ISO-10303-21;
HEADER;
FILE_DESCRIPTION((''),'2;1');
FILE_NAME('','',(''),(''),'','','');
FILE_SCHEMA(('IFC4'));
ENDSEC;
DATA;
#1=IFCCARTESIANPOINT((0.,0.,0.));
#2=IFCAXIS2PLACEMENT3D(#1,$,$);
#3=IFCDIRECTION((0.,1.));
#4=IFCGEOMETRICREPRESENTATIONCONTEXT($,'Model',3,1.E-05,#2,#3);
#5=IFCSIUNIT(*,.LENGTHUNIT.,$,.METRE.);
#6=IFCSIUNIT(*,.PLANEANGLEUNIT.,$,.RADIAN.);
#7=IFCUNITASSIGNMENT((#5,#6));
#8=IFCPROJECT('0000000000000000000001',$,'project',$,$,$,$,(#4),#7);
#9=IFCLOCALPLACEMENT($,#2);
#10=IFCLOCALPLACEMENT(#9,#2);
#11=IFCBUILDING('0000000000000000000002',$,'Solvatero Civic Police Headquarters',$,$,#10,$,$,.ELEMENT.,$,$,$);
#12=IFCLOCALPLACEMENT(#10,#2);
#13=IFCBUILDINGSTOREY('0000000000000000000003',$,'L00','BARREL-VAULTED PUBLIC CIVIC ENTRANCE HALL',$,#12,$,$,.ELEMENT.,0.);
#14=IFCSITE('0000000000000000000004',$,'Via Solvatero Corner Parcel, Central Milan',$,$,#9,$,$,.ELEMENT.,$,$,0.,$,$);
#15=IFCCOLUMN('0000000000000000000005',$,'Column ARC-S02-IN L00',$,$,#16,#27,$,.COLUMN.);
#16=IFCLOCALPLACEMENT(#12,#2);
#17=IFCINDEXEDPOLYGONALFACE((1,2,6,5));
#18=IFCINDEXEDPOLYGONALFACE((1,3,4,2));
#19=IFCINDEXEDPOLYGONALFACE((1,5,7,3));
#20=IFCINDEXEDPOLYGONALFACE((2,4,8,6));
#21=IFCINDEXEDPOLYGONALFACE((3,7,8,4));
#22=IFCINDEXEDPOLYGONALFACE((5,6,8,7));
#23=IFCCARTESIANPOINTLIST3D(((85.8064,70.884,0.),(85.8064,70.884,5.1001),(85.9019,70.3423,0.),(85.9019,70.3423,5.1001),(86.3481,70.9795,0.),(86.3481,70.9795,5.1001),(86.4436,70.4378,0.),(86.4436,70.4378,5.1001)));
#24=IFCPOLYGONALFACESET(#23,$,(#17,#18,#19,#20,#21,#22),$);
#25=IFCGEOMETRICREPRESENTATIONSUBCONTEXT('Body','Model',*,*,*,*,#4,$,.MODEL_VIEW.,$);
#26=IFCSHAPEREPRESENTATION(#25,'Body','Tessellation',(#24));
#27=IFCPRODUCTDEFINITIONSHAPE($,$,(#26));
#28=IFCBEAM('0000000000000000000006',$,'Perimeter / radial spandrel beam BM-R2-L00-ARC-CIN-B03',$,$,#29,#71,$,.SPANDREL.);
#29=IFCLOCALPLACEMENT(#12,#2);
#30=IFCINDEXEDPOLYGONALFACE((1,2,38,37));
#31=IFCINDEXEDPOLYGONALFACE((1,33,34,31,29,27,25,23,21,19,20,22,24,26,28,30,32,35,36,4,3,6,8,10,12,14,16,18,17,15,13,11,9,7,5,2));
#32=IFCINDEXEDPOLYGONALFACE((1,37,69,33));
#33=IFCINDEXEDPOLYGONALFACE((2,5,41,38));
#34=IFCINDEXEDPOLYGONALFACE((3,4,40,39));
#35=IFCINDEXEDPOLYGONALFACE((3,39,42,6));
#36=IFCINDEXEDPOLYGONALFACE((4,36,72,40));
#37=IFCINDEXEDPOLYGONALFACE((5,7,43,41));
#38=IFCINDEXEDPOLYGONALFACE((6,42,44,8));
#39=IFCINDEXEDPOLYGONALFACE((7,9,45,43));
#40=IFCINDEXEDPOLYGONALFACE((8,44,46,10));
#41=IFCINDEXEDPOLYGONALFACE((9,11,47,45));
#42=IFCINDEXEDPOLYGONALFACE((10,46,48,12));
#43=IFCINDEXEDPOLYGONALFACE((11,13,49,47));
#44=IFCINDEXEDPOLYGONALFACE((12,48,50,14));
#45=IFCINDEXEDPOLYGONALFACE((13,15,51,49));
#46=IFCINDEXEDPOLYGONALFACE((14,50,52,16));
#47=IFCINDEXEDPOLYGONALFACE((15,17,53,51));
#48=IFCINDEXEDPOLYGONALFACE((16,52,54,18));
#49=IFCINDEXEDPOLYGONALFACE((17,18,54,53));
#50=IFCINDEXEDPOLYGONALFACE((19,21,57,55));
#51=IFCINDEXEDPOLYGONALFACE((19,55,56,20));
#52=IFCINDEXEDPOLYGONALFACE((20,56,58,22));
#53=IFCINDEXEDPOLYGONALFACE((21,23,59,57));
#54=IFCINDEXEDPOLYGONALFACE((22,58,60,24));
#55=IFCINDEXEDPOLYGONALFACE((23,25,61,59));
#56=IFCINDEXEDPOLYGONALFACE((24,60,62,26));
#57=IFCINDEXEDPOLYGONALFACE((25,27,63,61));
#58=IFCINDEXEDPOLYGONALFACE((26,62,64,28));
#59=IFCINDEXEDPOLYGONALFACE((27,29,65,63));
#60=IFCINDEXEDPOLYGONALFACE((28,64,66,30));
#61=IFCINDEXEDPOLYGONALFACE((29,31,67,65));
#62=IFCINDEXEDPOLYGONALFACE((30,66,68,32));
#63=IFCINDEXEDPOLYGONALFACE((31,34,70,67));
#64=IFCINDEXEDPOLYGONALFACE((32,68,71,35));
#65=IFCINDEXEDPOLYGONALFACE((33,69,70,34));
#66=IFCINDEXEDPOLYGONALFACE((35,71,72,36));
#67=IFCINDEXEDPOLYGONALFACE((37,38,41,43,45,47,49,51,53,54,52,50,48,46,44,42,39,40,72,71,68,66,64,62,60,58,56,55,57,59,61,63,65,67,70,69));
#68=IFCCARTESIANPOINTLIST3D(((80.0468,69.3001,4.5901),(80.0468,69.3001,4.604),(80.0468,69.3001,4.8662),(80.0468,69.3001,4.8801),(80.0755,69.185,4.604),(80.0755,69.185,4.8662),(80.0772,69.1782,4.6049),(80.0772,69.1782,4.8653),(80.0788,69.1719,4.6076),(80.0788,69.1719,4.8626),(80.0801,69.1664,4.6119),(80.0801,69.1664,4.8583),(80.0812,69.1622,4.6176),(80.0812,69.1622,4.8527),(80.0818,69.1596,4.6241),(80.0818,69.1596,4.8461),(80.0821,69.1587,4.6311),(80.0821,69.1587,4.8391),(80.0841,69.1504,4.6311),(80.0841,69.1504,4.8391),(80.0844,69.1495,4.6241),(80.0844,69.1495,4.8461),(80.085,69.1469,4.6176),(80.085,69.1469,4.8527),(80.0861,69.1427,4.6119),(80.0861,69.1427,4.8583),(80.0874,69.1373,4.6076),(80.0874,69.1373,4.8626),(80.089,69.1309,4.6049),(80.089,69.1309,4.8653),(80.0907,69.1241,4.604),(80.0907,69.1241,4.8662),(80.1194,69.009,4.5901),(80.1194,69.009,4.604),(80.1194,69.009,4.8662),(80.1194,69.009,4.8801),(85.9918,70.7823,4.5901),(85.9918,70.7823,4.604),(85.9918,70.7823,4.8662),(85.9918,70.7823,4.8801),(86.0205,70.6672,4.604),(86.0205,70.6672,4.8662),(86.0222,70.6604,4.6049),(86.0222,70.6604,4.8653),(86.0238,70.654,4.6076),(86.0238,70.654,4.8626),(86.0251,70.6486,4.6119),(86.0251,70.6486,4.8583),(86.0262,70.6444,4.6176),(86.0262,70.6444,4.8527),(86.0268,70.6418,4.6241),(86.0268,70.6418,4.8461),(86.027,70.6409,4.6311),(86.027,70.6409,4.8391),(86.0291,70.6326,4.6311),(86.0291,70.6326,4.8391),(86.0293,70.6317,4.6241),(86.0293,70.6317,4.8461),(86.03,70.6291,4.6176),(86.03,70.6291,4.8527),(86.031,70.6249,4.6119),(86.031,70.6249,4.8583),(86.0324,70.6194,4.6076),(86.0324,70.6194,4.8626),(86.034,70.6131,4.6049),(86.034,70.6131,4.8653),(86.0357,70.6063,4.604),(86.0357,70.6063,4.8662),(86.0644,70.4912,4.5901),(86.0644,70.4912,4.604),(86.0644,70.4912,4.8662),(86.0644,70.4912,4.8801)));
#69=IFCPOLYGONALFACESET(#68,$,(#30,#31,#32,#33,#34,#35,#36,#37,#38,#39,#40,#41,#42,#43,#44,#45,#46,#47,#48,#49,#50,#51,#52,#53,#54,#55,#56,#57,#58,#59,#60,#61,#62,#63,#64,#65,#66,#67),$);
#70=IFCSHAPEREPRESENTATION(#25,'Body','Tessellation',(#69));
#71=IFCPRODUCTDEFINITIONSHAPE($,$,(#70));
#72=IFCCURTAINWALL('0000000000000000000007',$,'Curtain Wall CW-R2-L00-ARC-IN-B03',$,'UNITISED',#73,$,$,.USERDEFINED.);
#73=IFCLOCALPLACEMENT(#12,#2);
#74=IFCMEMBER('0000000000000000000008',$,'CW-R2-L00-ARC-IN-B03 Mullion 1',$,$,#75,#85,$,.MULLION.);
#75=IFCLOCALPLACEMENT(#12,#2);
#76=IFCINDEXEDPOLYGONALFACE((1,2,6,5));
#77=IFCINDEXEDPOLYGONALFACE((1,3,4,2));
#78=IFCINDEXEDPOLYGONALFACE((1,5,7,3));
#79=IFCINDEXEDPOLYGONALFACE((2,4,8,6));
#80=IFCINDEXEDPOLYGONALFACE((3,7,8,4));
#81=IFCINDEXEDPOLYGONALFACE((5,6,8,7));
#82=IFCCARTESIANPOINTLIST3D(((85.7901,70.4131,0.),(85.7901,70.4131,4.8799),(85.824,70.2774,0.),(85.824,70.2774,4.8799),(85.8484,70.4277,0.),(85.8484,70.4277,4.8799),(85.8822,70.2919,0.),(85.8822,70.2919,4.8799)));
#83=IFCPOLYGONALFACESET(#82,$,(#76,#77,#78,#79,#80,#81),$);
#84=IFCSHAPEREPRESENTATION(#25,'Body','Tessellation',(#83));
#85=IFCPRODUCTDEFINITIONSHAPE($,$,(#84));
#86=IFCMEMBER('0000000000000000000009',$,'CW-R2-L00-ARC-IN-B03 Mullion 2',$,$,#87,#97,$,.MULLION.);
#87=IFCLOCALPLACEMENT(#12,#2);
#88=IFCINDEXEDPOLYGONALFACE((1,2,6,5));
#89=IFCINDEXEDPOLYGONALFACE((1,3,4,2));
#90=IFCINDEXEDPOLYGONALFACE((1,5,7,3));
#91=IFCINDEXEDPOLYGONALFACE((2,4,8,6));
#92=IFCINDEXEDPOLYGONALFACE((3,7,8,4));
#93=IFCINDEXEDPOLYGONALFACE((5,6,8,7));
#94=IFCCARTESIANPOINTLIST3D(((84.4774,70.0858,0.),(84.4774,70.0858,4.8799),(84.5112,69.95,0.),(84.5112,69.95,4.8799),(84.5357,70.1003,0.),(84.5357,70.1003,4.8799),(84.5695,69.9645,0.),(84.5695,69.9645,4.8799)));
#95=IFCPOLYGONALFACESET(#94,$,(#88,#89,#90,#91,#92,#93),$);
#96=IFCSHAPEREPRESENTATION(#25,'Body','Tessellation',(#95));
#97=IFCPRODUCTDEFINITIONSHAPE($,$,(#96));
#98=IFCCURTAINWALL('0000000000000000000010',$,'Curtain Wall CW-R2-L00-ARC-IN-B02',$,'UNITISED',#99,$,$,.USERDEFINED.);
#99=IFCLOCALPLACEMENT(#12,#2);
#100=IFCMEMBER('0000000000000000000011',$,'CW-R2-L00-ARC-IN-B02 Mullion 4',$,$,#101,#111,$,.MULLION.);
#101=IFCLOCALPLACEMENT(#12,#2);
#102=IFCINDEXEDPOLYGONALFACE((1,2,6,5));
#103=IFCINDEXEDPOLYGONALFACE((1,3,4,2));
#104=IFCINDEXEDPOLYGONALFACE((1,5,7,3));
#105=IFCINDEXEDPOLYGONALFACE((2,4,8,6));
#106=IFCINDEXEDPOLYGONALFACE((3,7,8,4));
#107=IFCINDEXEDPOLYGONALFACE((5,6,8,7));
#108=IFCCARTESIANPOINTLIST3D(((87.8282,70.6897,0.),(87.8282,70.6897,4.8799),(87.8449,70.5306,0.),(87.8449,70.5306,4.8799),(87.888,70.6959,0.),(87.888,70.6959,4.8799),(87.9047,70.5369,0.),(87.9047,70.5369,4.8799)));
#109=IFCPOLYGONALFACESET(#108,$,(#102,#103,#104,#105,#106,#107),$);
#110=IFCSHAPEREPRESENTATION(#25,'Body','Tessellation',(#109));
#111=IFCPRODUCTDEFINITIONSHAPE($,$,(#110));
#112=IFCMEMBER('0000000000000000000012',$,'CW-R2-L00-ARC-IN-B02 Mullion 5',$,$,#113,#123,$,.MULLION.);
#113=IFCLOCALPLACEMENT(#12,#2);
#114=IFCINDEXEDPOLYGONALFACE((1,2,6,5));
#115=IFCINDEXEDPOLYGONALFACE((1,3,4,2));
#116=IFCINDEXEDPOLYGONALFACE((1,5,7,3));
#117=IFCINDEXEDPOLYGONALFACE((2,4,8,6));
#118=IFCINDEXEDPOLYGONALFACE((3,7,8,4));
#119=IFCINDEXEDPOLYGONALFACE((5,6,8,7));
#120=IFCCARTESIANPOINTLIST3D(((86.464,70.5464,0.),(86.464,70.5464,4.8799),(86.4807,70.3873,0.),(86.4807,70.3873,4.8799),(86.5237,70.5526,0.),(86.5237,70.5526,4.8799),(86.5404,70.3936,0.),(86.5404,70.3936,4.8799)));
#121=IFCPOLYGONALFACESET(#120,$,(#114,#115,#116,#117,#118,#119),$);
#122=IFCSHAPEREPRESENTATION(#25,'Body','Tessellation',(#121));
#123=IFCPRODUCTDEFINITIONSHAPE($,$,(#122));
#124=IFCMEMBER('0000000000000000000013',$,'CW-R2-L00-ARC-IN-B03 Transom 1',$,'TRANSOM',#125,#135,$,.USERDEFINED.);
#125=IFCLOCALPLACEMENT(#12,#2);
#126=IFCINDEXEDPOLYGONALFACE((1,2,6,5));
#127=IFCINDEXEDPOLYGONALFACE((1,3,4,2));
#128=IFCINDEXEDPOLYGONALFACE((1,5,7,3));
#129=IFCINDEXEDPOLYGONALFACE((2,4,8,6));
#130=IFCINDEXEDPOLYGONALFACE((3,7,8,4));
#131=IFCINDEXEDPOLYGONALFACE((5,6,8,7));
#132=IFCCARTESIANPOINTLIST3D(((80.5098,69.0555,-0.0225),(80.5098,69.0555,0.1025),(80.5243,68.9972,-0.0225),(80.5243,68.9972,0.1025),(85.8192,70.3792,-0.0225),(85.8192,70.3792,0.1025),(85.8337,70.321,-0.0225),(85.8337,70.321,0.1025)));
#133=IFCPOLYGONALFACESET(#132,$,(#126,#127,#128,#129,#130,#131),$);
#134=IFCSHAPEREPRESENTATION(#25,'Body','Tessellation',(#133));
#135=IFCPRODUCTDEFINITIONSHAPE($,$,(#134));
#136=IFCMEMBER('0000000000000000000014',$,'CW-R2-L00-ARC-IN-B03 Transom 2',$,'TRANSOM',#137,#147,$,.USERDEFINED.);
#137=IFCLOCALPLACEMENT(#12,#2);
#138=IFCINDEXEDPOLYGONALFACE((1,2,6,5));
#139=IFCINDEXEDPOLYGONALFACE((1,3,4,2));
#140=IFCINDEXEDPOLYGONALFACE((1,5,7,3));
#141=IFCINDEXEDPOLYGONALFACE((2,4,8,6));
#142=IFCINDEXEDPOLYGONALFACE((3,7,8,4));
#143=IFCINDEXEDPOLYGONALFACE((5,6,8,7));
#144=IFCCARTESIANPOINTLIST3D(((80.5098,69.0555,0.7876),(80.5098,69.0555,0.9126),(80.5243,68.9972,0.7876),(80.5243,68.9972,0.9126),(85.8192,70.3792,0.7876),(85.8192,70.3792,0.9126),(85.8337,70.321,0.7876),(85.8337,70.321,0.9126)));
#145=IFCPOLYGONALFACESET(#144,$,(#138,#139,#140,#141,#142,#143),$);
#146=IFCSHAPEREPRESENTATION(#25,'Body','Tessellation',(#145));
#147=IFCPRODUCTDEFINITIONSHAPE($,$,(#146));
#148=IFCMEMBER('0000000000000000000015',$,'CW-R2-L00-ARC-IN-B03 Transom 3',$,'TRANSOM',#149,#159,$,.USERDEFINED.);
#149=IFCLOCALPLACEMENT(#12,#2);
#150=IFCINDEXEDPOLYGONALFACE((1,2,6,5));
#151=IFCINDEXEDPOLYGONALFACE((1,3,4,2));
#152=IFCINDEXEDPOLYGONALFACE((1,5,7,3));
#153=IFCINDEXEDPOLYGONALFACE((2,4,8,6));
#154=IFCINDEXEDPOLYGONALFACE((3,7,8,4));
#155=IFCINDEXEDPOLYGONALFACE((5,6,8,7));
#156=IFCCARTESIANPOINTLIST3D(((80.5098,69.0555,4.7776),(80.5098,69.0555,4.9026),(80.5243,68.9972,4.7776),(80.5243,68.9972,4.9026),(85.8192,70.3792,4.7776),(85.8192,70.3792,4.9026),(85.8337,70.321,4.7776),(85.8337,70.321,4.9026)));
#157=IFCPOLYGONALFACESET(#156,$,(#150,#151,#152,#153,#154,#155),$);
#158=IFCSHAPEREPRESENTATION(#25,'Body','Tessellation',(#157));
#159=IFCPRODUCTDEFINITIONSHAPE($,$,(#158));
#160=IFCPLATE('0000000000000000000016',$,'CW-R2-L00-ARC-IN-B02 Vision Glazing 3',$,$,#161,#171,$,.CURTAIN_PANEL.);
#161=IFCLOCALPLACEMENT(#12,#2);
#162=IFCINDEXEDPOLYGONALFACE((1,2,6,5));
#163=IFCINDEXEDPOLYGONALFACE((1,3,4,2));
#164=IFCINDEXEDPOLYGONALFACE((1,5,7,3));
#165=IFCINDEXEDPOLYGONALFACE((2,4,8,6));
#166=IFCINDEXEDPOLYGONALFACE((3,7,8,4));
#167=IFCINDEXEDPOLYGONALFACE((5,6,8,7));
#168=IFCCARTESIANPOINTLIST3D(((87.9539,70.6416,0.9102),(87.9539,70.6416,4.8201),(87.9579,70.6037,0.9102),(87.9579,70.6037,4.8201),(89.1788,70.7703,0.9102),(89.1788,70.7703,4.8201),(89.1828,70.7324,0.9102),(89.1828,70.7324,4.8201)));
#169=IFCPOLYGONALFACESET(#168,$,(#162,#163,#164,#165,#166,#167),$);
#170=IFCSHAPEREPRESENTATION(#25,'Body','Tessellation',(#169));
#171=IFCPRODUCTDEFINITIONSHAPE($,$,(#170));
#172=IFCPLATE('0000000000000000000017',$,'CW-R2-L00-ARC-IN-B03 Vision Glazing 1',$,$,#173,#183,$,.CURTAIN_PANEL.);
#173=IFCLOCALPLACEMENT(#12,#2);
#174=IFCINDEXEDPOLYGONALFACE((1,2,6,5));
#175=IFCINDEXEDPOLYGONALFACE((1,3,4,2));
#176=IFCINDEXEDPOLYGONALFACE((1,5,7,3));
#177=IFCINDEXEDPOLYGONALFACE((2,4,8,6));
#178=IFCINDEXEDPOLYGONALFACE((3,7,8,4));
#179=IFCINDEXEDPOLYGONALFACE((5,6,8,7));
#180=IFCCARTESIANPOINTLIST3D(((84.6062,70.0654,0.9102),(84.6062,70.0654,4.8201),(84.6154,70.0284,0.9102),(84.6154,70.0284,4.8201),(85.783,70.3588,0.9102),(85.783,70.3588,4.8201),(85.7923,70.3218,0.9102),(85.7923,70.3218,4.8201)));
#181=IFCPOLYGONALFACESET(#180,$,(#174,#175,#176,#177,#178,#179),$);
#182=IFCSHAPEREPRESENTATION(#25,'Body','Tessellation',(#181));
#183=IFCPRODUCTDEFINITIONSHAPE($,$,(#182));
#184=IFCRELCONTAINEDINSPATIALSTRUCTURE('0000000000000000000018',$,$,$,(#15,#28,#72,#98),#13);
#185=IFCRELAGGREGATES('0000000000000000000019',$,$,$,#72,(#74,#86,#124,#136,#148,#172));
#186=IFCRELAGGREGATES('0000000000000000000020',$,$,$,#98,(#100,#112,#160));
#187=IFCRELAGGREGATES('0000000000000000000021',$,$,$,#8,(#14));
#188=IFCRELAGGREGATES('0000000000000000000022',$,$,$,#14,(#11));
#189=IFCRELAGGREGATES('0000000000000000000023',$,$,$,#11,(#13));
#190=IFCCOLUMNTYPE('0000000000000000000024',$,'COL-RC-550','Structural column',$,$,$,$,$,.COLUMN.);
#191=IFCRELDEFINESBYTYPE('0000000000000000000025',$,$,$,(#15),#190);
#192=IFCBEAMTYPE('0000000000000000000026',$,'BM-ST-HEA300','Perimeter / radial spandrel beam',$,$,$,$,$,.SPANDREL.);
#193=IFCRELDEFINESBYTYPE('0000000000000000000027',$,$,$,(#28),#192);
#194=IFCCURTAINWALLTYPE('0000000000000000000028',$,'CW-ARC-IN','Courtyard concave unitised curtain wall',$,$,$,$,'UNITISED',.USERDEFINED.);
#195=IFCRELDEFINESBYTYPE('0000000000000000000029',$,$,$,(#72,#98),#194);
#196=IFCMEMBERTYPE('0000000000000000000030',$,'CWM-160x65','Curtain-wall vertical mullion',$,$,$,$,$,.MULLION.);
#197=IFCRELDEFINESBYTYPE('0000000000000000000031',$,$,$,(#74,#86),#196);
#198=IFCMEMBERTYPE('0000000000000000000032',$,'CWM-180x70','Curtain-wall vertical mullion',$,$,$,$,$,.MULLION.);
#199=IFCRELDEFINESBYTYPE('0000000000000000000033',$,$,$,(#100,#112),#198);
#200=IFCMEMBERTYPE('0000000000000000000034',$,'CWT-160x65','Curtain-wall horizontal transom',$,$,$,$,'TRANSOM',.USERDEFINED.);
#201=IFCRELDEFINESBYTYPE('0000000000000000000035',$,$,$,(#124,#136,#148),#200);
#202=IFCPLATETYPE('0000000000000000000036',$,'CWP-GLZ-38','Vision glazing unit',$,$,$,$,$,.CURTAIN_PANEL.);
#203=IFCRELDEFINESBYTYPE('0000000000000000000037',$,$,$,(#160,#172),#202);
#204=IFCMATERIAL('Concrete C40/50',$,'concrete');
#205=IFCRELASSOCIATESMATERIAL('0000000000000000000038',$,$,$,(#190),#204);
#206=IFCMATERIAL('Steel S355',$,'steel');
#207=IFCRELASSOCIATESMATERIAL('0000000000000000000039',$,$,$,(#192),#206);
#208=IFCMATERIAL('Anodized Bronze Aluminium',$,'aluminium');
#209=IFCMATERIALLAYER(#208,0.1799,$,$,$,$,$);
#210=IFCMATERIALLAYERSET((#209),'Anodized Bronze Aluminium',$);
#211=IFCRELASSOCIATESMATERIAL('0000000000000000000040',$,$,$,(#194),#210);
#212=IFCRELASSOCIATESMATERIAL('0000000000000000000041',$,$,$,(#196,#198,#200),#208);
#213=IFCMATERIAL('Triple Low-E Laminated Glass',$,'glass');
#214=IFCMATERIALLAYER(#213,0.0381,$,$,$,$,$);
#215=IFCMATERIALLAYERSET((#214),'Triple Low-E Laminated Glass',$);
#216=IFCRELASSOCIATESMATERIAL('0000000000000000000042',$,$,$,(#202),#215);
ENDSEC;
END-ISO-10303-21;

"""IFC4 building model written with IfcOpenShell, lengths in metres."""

from ifc_helpers import new_model, si_unit, direction, frame, origin, origin_2d, place, context, subcontext, project, spatial, rectangle, i_section, extrude, material, layer, layer_set, material_profile, profile_set, type_object, element, aggregate, save


model = new_model("IFC4")

# Units and contexts
model_context = context("Model", 3, precision=1e-05, world=origin(), true_north=direction((0.0, 1.0)))
body_context = subcontext(model_context, "Body", "Model", "MODEL_VIEW")
ifc_project = project(units=[si_unit("LENGTHUNIT", "METRE"), si_unit("PLANEANGLEUNIT", "RADIAN")], contexts=[model_context])

# Site, building, storey
site_placement = place(None, origin())
site = spatial("IfcSite", under=ifc_project, at=site_placement, Name="Via Solvatero Corner Parcel, Central Milan", CompositionType="ELEMENT", RefElevation=0.0)
building_placement = place(site_placement, origin())
building = spatial("IfcBuilding", under=site, at=building_placement, Name="Solvatero Civic Police Headquarters", CompositionType="ELEMENT")
storey_placement = place(building_placement, origin())
storey = spatial("IfcBuildingStorey", under=building, at=storey_placement, Name="L00", Description="BARREL-VAULTED PUBLIC CIVIC ENTRANCE HALL", CompositionType="ELEMENT", Elevation=0.0)

# Column
ifc_material_1 = material(Name="Concrete C40/50", Category="concrete")
ifc_material_profile_1 = material_profile(ifc_material_1, rectangle(XDim=0.55, YDim=0.55, at=origin_2d()), Name="RC 550x550")
ifc_profile_set_1 = profile_set([ifc_material_profile_1], Name="Concrete C40/50")
column_type = type_object("IfcColumnType", Name="COL-RC-550", Description="Structural column", PredefinedType="COLUMN", material=ifc_profile_set_1)
column_placement = place(storey_placement, frame((86.125, 70.6609, 0.0), z_axis=(0.0, 0.0, 1.0), x_axis=(0.984808, 0.173648, 0.0)))
element("IfcColumn", 1, at=column_placement, inside=storey, type_object=column_type, Name="Column ARC-S02-IN L00", PredefinedType="COLUMN", context=body_context, shape_type="SweptSolid", body=[
    extrude(rectangle(XDim=0.55, YDim=0.55, at=origin_2d()), origin(), (0.0, 0.0, 1.0), 5.1001),
])

# Beam
ifc_material_2 = material(Name="Steel S355", Category="steel")
ifc_material_profile_2 = material_profile(ifc_material_2, i_section(OverallWidth=0.3, OverallDepth=0.29, WebThickness=0.0085, FlangeThickness=0.0139, FilletRadius=0.0271, at=origin_2d()), Name="HEA 300")
ifc_profile_set_2 = profile_set([ifc_material_profile_2], Name="Steel S355")
beam_type = type_object("IfcBeamType", Name="BM-ST-HEA300", Description="Perimeter / radial spandrel beam", PredefinedType="SPANDREL", material=ifc_profile_set_2)
beam_placement = place(storey_placement, frame((86.0281, 70.6367, 4.7351), z_axis=(-0.970299, -0.241907, 0.0), x_axis=(0.241907, -0.970299, 0.0)))
element("IfcBeam", 2, at=beam_placement, inside=storey, type_object=beam_type, Name="Perimeter / radial spandrel beam BM-R2-L00-ARC-CIN-B03", PredefinedType="SPANDREL", context=body_context, shape_type="SweptSolid", body=[
    extrude(i_section(OverallWidth=0.3, OverallDepth=0.29, WebThickness=0.0085, FlangeThickness=0.0139, FilletRadius=0.0271, at=origin_2d()), origin(), (0.0, 0.0, 1.0), 6.127),
])

# Curtain walls, members
ifc_material_3 = material(Name="Anodized Bronze Aluminium", Category="aluminium")
ifc_layer_1 = layer(ifc_material_3, 0.1799)
ifc_layer_set_1 = layer_set([ifc_layer_1], Name="Anodized Bronze Aluminium")
curtain_wall_type = type_object("IfcCurtainWallType", Name="CW-ARC-IN", Description="Courtyard concave unitised curtain wall", ElementType="UNITISED", PredefinedType="USERDEFINED", material=ifc_layer_set_1)
curtain_wall_1_placement = place(storey_placement, origin())
curtain_wall_1 = element("IfcCurtainWall", 3, at=curtain_wall_1_placement, inside=storey, type_object=curtain_wall_type, Name="Curtain Wall CW-R2-L00-ARC-IN-B03", ObjectType="UNITISED", PredefinedType="USERDEFINED")
ifc_material_profile_3 = material_profile(ifc_material_3, rectangle(XDim=0.0601, YDim=0.1399, at=origin_2d()), Name="ALU MULLION 60x140")
ifc_profile_set_3 = profile_set([ifc_material_profile_3], Name="Anodized Bronze Aluminium")
member_type_1 = type_object("IfcMemberType", Name="CWM-160x65", Description="Curtain-wall vertical mullion", PredefinedType="MULLION", material=ifc_profile_set_3)
member_1_placement = place(storey_placement, frame((85.8362, 70.3525, 0.0), z_axis=(0.0, 0.0, 1.0), x_axis=(-0.970296, -0.241922, 0.0)))
member_1 = element("IfcMember", 4, at=member_1_placement, type_object=member_type_1, Name="CW-R2-L00-ARC-IN-B03 Mullion 1", PredefinedType="MULLION", context=body_context, shape_type="SweptSolid", body=[
    extrude(rectangle(XDim=0.0601, YDim=0.1399, at=origin_2d()), origin(), (0.0, 0.0, 1.0), 4.8799),
])
member_2_placement = place(storey_placement, frame((84.5234, 70.0251, 0.0), z_axis=(0.0, 0.0, 1.0), x_axis=(-0.970296, -0.241922, 0.0)))
member_2 = element("IfcMember", 5, at=member_2_placement, type_object=member_type_1, Name="CW-R2-L00-ARC-IN-B03 Mullion 2", PredefinedType="MULLION", context=body_context, shape_type="SweptSolid", body=[
    extrude(rectangle(XDim=0.0601, YDim=0.1399, at=origin_2d()), origin(), (0.0, 0.0, 1.0), 4.8799),
])
curtain_wall_2_placement = place(storey_placement, origin())
curtain_wall_2 = element("IfcCurtainWall", 6, at=curtain_wall_2_placement, inside=storey, type_object=curtain_wall_type, Name="Curtain Wall CW-R2-L00-ARC-IN-B02", ObjectType="UNITISED", PredefinedType="USERDEFINED")
ifc_material_profile_4 = material_profile(ifc_material_3, rectangle(XDim=0.0601, YDim=0.1599, at=origin_2d()), Name="ALU MULLION 60x160")
ifc_profile_set_4 = profile_set([ifc_material_profile_4], Name="Anodized Bronze Aluminium")
member_type_2 = type_object("IfcMemberType", Name="CWM-180x70", Description="Curtain-wall vertical mullion", PredefinedType="MULLION", material=ifc_profile_set_4)
member_3_placement = place(storey_placement, frame((87.8665, 70.6133, 0.0), z_axis=(0.0, 0.0, 1.0), x_axis=(-0.994524, -0.104511, 0.0)))
member_3 = element("IfcMember", 7, at=member_3_placement, type_object=member_type_2, Name="CW-R2-L00-ARC-IN-B02 Mullion 4", PredefinedType="MULLION", context=body_context, shape_type="SweptSolid", body=[
    extrude(rectangle(XDim=0.0601, YDim=0.1599, at=origin_2d()), origin(), (0.0, 0.0, 1.0), 4.8799),
])
member_4_placement = place(storey_placement, frame((86.5022, 70.47, 0.0), z_axis=(0.0, 0.0, 1.0), x_axis=(-0.994524, -0.104511, 0.0)))
member_4 = element("IfcMember", 8, at=member_4_placement, type_object=member_type_2, Name="CW-R2-L00-ARC-IN-B02 Mullion 5", PredefinedType="MULLION", context=body_context, shape_type="SweptSolid", body=[
    extrude(rectangle(XDim=0.0601, YDim=0.1599, at=origin_2d()), origin(), (0.0, 0.0, 1.0), 4.8799),
])

# Members
ifc_material_profile_5 = material_profile(ifc_material_3, rectangle(XDim=0.0601, YDim=0.125, at=origin_2d()), Name="ALU TRANSOM 60x125")
ifc_profile_set_5 = profile_set([ifc_material_profile_5], Name="Anodized Bronze Aluminium")
member_type_3 = type_object("IfcMemberType", Name="CWT-160x65", Description="Curtain-wall horizontal transom", ElementType="TRANSOM", PredefinedType="USERDEFINED", material=ifc_profile_set_5)
member_5_placement = place(storey_placement, frame((85.8264, 70.3501, 0.04), z_axis=(-0.970297, -0.241916, 0.0), x_axis=(0.241916, -0.970297, 0.0)))
member_5 = element("IfcMember", 9, at=member_5_placement, type_object=member_type_3, Name="CW-R2-L00-ARC-IN-B03 Transom 1", ObjectType="TRANSOM", PredefinedType="USERDEFINED", context=body_context, shape_type="SweptSolid", body=[
    extrude(rectangle(XDim=0.0601, YDim=0.125, at=origin_2d()), origin(), (0.0, 0.0, 1.0), 5.4719),
])
member_6_placement = place(storey_placement, frame((85.8264, 70.3501, 0.8501), z_axis=(-0.970297, -0.241916, 0.0), x_axis=(0.241916, -0.970297, 0.0)))
member_6 = element("IfcMember", 10, at=member_6_placement, type_object=member_type_3, Name="CW-R2-L00-ARC-IN-B03 Transom 2", ObjectType="TRANSOM", PredefinedType="USERDEFINED", context=body_context, shape_type="SweptSolid", body=[
    extrude(rectangle(XDim=0.0601, YDim=0.125, at=origin_2d()), origin(), (0.0, 0.0, 1.0), 5.4719),
])
member_7_placement = place(storey_placement, frame((85.8264, 70.3501, 4.8401), z_axis=(-0.970297, -0.241916, 0.0), x_axis=(0.241916, -0.970297, 0.0)))
member_7 = element("IfcMember", 11, at=member_7_placement, type_object=member_type_3, Name="CW-R2-L00-ARC-IN-B03 Transom 3", ObjectType="TRANSOM", PredefinedType="USERDEFINED", context=body_context, shape_type="SweptSolid", body=[
    extrude(rectangle(XDim=0.0601, YDim=0.125, at=origin_2d()), origin(), (0.0, 0.0, 1.0), 5.4719),
])

# Plates
ifc_material_4 = material(Name="Triple Low-E Laminated Glass", Category="glass")
ifc_layer_2 = layer(ifc_material_4, 0.0381)
ifc_layer_set_2 = layer_set([ifc_layer_2], Name="Triple Low-E Laminated Glass")
plate_type_1 = type_object("IfcPlateType", Name="CWP-GLZ-38", Description="Vision glazing unit", PredefinedType="CURTAIN_PANEL", material=ifc_layer_set_2)
plate_1_placement = place(storey_placement, frame((88.5684, 70.687, 0.9102), z_axis=(0.0, 0.0, 1.0), x_axis=(-0.994524, -0.104511, 0.0)))
plate_1 = element("IfcPlate", 12, at=plate_1_placement, type_object=plate_type_1, Name="CW-R2-L00-ARC-IN-B02 Vision Glazing 3", PredefinedType="CURTAIN_PANEL", context=body_context, shape_type="SweptSolid", body=[
    extrude(rectangle(XDim=1.2317, YDim=0.0381, at=origin_2d()), origin(), (0.0, 0.0, 1.0), 3.9099),
])
plate_2_placement = place(storey_placement, frame((85.1992, 70.1936, 0.9102), z_axis=(0.0, 0.0, 1.0), x_axis=(-0.970296, -0.241922, 0.0)))
plate_2 = element("IfcPlate", 13, at=plate_2_placement, type_object=plate_type_1, Name="CW-R2-L00-ARC-IN-B03 Vision Glazing 1", PredefinedType="CURTAIN_PANEL", context=body_context, shape_type="SweptSolid", body=[
    extrude(rectangle(XDim=1.2129, YDim=0.0381, at=origin_2d()), origin(), (0.0, 0.0, 1.0), 3.9099),
])
aggregate(curtain_wall_1, [member_1, member_2, member_5, member_6, member_7, plate_2])
aggregate(curtain_wall_2, [member_3, member_4, plate_1])

save(model, "model.ifc")
